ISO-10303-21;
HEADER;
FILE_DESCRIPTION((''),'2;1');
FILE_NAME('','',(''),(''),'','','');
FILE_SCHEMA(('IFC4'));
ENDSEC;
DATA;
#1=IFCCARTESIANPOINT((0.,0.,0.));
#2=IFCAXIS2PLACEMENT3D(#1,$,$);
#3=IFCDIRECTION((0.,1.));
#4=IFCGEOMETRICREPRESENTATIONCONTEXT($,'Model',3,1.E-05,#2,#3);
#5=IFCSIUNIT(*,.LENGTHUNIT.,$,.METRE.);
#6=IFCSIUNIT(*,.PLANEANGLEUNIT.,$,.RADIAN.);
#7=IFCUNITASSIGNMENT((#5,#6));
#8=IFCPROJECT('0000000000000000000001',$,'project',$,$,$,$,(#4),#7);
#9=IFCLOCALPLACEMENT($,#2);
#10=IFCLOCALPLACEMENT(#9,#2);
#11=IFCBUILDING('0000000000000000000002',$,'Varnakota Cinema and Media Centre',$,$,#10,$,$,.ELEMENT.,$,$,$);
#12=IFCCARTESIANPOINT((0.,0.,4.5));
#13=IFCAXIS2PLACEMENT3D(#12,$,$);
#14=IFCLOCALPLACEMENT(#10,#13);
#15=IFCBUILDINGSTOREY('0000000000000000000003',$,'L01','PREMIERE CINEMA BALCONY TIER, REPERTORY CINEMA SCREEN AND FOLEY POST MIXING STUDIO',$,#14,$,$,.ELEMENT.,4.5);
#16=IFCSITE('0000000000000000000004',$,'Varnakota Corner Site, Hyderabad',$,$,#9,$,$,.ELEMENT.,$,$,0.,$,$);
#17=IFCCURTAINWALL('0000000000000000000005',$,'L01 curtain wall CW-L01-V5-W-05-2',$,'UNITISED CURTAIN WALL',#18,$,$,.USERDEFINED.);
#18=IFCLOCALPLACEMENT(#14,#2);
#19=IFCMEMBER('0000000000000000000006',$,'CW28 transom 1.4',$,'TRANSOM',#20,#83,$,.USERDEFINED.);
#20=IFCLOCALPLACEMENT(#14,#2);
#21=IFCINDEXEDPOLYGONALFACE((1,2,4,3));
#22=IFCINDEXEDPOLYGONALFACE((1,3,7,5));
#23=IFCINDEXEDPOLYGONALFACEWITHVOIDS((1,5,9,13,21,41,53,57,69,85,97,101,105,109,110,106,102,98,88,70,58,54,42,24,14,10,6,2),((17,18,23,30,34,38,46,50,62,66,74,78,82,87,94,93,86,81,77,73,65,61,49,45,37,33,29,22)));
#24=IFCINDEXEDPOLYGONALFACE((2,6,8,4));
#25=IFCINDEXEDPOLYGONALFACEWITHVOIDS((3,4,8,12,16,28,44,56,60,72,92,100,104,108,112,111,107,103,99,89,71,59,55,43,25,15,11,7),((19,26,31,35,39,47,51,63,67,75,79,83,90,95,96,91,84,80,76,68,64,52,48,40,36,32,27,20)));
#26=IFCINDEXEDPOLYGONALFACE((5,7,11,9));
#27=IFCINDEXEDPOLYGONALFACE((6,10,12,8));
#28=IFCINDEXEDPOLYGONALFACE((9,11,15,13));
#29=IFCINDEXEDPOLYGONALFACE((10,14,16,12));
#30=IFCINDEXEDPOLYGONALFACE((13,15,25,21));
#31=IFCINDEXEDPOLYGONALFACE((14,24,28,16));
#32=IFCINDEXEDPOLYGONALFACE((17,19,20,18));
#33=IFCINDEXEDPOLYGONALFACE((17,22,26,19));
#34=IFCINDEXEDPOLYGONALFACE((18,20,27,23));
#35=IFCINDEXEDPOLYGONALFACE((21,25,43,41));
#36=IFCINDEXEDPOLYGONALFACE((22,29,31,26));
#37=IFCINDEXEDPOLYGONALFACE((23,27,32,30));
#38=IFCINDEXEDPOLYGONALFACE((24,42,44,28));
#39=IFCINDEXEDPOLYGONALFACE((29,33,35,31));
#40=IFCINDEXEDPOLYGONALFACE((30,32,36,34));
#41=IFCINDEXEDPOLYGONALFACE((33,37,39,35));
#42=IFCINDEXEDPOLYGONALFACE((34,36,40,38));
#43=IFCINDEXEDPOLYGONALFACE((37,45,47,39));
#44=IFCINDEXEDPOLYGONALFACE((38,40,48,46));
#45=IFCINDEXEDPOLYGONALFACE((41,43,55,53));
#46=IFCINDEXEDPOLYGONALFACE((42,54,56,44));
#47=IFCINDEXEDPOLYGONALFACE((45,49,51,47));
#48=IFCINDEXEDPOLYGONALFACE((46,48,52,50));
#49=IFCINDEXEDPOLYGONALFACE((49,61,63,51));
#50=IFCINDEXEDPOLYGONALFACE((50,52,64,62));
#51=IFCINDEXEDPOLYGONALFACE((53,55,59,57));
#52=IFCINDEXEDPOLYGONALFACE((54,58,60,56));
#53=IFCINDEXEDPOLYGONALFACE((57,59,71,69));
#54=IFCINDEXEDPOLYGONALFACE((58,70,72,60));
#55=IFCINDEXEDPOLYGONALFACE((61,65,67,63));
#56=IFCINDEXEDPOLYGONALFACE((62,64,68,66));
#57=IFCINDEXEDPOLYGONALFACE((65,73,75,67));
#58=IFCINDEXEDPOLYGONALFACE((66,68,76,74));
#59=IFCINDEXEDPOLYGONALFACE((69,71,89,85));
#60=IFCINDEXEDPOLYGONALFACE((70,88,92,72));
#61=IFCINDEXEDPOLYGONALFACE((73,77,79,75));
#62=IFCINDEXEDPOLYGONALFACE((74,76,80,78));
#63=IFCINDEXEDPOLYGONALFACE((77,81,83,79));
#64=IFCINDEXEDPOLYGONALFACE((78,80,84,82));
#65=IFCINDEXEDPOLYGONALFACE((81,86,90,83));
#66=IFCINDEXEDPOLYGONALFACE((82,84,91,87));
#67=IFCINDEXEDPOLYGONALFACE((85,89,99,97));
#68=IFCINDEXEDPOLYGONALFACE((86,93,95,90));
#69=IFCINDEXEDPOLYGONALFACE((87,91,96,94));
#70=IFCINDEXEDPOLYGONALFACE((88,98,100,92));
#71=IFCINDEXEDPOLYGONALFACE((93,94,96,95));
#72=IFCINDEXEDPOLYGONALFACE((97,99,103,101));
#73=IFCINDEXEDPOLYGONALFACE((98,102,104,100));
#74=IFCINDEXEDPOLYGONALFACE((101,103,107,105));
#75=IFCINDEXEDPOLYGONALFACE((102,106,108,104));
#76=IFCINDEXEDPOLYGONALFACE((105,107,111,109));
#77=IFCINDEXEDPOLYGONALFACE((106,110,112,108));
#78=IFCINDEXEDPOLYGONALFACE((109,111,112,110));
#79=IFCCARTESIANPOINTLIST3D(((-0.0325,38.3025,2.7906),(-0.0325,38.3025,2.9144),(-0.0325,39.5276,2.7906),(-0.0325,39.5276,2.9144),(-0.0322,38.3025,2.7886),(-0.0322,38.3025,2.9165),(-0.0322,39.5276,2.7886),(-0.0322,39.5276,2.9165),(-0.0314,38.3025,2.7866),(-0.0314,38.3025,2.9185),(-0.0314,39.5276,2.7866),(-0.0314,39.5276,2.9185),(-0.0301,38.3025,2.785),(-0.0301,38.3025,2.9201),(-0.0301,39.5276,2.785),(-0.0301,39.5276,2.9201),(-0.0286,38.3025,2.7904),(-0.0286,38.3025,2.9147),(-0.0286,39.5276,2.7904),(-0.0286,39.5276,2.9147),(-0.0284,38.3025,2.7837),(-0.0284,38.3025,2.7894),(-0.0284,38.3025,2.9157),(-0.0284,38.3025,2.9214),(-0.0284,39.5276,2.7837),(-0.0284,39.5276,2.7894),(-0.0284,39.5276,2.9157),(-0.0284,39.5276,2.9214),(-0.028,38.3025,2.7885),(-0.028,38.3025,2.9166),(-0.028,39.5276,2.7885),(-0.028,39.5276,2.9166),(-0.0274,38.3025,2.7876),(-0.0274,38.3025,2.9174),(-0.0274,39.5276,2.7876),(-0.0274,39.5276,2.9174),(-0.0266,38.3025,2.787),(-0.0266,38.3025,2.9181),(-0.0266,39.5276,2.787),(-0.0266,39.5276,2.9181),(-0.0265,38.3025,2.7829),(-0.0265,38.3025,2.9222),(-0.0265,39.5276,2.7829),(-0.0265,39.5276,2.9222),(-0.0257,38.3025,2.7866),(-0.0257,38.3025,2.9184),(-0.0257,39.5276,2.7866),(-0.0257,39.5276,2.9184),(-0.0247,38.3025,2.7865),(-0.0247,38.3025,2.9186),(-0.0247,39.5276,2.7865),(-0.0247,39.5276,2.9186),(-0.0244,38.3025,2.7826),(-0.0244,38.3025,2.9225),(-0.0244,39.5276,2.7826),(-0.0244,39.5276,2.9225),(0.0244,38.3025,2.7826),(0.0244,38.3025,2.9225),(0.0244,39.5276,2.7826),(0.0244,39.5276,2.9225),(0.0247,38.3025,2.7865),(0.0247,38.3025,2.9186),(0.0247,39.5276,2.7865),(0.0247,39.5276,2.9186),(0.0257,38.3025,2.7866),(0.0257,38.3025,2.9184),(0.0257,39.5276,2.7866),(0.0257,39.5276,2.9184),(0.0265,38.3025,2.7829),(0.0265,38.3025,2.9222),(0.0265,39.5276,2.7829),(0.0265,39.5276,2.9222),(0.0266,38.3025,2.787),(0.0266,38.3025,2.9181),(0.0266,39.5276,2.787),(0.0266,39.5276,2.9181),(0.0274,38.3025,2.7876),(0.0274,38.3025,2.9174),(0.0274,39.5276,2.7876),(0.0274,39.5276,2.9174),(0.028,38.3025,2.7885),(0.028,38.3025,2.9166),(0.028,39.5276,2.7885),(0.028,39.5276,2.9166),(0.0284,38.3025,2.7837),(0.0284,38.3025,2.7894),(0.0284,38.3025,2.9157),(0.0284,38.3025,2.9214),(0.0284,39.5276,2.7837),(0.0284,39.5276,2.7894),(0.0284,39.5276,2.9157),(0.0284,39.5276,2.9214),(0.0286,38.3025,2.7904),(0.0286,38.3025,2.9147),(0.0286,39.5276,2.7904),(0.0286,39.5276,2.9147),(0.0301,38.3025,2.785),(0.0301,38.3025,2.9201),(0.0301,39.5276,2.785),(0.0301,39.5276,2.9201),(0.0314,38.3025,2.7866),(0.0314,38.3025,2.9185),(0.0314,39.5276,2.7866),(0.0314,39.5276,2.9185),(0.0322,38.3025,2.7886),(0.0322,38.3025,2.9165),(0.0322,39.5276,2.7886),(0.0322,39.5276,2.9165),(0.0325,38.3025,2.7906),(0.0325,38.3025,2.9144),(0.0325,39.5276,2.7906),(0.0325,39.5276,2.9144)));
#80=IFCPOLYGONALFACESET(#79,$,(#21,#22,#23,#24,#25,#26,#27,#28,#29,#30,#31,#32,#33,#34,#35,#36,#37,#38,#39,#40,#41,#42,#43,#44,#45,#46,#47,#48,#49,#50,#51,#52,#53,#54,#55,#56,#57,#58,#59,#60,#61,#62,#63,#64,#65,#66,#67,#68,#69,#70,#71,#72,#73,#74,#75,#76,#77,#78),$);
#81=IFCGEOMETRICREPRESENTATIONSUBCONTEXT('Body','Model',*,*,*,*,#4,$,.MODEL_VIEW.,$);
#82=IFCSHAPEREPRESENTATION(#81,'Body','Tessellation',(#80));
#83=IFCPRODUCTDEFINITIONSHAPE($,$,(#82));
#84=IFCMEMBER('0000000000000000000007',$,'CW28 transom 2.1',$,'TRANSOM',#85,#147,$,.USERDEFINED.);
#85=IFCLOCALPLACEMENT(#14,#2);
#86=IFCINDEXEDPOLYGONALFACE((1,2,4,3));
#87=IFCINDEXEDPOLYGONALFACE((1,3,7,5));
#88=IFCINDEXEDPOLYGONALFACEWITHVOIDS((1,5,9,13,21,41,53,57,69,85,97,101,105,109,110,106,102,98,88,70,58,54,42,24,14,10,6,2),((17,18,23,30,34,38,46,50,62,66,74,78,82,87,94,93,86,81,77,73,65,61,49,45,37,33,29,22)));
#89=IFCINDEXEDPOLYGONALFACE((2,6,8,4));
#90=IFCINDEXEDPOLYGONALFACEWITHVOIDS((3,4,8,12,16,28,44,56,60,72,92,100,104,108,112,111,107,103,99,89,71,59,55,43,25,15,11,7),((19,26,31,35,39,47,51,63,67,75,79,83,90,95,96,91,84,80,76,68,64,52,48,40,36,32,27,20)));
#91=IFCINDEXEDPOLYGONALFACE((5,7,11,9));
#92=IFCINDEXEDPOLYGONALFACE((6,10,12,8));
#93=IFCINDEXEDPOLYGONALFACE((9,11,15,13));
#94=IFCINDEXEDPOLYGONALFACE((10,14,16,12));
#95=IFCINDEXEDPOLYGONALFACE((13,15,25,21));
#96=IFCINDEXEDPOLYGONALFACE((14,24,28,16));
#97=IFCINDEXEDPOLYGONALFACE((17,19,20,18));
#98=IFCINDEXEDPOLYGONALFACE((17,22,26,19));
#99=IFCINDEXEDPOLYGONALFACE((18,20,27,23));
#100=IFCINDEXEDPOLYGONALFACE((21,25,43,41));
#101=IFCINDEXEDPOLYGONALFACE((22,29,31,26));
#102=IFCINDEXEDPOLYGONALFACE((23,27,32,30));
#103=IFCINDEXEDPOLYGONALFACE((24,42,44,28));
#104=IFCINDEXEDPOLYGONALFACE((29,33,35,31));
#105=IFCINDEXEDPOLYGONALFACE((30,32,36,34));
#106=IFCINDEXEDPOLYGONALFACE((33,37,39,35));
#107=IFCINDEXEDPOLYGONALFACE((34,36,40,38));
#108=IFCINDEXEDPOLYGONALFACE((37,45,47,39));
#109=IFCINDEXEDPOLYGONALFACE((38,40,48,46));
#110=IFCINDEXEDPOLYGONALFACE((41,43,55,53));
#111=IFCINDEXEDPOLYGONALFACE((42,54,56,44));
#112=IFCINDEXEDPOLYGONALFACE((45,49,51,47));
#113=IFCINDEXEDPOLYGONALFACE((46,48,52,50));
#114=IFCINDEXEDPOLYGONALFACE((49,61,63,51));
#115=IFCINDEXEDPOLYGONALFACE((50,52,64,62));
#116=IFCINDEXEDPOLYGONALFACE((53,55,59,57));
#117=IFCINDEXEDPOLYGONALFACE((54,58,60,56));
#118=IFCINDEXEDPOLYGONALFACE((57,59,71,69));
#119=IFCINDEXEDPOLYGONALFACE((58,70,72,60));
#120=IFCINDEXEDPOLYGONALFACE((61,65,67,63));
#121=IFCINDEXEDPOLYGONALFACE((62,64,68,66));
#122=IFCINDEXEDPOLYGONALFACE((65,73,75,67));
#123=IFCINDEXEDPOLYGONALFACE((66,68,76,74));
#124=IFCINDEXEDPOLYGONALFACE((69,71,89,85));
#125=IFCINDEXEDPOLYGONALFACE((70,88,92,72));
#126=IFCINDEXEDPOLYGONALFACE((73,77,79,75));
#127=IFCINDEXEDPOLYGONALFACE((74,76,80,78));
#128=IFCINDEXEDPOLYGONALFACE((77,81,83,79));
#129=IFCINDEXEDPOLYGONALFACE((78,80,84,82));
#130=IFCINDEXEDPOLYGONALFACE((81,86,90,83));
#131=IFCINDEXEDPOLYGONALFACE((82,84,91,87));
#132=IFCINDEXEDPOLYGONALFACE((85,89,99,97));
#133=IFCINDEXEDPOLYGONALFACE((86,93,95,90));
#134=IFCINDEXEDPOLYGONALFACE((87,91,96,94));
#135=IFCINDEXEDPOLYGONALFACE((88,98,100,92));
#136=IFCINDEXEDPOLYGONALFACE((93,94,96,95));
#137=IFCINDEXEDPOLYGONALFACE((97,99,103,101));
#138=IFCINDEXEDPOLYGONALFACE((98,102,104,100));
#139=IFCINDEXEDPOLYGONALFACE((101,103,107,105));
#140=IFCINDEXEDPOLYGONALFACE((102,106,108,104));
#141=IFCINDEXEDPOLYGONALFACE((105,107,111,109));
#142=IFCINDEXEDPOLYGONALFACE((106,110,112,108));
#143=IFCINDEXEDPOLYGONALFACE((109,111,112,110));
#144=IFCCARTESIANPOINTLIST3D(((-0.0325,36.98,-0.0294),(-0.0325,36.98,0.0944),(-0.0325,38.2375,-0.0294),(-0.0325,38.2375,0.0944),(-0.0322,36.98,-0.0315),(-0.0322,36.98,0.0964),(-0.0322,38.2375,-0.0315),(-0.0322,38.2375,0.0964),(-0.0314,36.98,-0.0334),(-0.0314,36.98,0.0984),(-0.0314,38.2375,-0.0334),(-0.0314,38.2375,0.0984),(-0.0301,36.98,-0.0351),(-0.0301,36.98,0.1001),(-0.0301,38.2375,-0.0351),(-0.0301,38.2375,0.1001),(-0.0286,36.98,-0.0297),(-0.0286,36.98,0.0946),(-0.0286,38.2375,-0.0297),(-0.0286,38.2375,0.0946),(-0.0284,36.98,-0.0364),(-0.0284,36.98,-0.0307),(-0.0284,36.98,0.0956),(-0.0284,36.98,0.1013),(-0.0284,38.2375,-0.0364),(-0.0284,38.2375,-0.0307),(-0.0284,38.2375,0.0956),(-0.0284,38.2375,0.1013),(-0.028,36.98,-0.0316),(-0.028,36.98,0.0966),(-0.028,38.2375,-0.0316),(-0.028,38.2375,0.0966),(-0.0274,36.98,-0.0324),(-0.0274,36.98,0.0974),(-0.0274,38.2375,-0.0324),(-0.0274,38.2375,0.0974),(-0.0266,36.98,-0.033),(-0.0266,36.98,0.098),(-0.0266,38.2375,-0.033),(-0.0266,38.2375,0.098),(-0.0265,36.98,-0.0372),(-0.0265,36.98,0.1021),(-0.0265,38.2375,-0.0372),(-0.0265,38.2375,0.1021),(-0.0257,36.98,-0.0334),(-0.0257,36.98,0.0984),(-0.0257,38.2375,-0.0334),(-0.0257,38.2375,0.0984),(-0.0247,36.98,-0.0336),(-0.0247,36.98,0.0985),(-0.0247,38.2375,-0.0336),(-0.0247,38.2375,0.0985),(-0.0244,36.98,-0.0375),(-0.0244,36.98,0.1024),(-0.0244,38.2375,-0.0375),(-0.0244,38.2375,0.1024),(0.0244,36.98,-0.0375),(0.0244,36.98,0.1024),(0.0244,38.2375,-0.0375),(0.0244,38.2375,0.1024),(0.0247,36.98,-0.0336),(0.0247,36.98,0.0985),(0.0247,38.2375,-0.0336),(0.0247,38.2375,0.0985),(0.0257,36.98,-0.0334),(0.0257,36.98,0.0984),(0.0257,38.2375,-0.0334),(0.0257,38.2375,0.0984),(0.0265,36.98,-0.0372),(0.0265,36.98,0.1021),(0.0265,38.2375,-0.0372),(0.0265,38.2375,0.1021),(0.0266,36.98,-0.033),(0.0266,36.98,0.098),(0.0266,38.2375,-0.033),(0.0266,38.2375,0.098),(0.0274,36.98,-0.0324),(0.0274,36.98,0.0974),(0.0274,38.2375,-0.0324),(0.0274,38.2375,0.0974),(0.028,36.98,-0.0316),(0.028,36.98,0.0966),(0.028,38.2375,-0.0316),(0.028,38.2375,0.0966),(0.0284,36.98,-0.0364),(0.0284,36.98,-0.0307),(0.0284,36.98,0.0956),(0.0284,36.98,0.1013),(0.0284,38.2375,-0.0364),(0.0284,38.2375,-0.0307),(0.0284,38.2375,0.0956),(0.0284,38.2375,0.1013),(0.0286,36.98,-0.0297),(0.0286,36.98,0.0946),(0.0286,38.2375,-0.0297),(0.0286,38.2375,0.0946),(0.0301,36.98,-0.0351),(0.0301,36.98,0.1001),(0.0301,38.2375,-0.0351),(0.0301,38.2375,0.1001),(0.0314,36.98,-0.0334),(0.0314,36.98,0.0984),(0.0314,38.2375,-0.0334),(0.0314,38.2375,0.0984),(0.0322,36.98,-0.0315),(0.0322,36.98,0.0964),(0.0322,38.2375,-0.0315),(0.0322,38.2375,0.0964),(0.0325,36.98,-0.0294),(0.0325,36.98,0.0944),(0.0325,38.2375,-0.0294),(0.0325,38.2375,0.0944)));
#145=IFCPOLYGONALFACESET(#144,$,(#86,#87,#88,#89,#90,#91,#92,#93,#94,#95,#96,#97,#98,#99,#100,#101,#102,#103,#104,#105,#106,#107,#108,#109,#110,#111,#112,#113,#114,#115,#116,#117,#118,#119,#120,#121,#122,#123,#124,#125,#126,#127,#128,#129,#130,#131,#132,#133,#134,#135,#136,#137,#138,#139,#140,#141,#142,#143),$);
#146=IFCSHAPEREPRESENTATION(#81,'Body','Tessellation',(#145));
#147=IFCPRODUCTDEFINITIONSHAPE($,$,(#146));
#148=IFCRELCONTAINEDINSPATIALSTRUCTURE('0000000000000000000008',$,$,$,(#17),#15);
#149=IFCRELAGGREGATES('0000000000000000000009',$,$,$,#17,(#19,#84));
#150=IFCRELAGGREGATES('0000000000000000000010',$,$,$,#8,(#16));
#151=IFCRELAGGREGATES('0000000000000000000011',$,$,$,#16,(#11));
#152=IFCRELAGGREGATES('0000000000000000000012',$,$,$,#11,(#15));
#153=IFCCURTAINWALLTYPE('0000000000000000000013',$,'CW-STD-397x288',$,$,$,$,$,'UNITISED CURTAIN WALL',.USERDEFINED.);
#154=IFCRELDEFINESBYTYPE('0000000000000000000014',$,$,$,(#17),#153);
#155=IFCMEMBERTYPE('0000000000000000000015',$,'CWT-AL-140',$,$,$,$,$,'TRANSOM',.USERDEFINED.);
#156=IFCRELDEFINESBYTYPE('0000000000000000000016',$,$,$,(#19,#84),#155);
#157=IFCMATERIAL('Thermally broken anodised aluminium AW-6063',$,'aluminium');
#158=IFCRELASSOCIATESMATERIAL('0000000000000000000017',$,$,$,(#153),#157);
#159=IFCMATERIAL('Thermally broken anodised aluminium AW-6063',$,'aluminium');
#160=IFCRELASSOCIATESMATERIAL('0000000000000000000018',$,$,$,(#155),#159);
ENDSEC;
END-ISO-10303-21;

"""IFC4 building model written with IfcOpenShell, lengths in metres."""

from ifc_helpers import new_model, si_unit, direction, frame, origin, origin_2d, place, context, subcontext, project, spatial, hollow_rectangle, extrude, material, material_profile, profile_set, type_object, element, aggregate, save


model = new_model("IFC4")

# Units and contexts
model_context = context("Model", 3, precision=1e-05, world=origin(), true_north=direction((0.0, 1.0)))
body_context = subcontext(model_context, "Body", "Model", "MODEL_VIEW")
ifc_project = project(units=[si_unit("LENGTHUNIT", "METRE"), si_unit("PLANEANGLEUNIT", "RADIAN")], contexts=[model_context])

# Site, building, storey
site_placement = place(None, origin())
site = spatial("IfcSite", under=ifc_project, at=site_placement, Name="Varnakota Corner Site, Hyderabad", CompositionType="ELEMENT", RefElevation=0.0)
building_placement = place(site_placement, origin())
building = spatial("IfcBuilding", under=site, at=building_placement, Name="Varnakota Cinema and Media Centre", CompositionType="ELEMENT")
storey_placement = place(building_placement, frame((0.0, 0.0, 4.5)))
storey = spatial("IfcBuildingStorey", under=building, at=storey_placement, Name="L01", Description="PREMIERE CINEMA BALCONY TIER, REPERTORY CINEMA SCREEN AND FOLEY POST MIXING STUDIO", CompositionType="ELEMENT", Elevation=4.5)

# Shared definitions
ifc_material_1 = material(Name="Thermally broken anodised aluminium AW-6063", Category="aluminium")
curtain_wall_type = type_object("IfcCurtainWallType", Name="CW-STD-397x288", ElementType="UNITISED CURTAIN WALL", PredefinedType="USERDEFINED", material=ifc_material_1)

# Curtain wall
curtain_wall_1_placement = place(storey_placement, origin())
curtain_wall_1 = element("IfcCurtainWall", 1, at=curtain_wall_1_placement, inside=storey, type_object=curtain_wall_type, Name="L01 curtain wall CW-L01-V5-W-05-2", ObjectType="UNITISED CURTAIN WALL", PredefinedType="USERDEFINED")

# Members
ifc_material_2 = material(Name="Thermally broken anodised aluminium AW-6063", Category="aluminium")
ifc_material_profile_1 = material_profile(ifc_material_2, hollow_rectangle(XDim=0.0649, YDim=0.1399, WallThickness=0.0039, InnerFilletRadius=0.0039, OuterFilletRadius=0.0081, at=origin_2d()), Name="AL-TRANSOM 140x65x4")
ifc_profile_set_1 = profile_set([ifc_material_profile_1], Name="Thermally broken anodised aluminium AW-6063")
member_type_1 = type_object("IfcMemberType", Name="CWT-AL-140", ElementType="TRANSOM", PredefinedType="USERDEFINED", material=ifc_profile_set_1)
member_1_placement = place(storey_placement, frame((0.0, 39.5276, 2.8525), z_axis=(0.0, -1.0, 0.0), x_axis=(1.0, 0.0, 0.0)))
member_1 = element("IfcMember", 2, at=member_1_placement, type_object=member_type_1, Name="CW28 transom 1.4", ObjectType="TRANSOM", PredefinedType="USERDEFINED", context=body_context, shape_type="SweptSolid", body=[
    extrude(hollow_rectangle(XDim=0.0649, YDim=0.1399, WallThickness=0.0039, InnerFilletRadius=0.0039, OuterFilletRadius=0.0081, at=origin_2d()), origin(), (0.0, 0.0, 1.0), 1.2251),
])
member_2_placement = place(storey_placement, frame((0.0, 38.2375, 0.0325), z_axis=(0.0, -1.0, 0.0), x_axis=(1.0, 0.0, 0.0)))
member_2 = element("IfcMember", 3, at=member_2_placement, type_object=member_type_1, Name="CW28 transom 2.1", ObjectType="TRANSOM", PredefinedType="USERDEFINED", context=body_context, shape_type="SweptSolid", body=[
    extrude(hollow_rectangle(XDim=0.0649, YDim=0.1399, WallThickness=0.0039, InnerFilletRadius=0.0039, OuterFilletRadius=0.0081, at=origin_2d()), origin(), (0.0, 0.0, 1.0), 1.2576),
])

aggregate(curtain_wall_1, [member_1, member_2])

save(model, "model.ifc")
